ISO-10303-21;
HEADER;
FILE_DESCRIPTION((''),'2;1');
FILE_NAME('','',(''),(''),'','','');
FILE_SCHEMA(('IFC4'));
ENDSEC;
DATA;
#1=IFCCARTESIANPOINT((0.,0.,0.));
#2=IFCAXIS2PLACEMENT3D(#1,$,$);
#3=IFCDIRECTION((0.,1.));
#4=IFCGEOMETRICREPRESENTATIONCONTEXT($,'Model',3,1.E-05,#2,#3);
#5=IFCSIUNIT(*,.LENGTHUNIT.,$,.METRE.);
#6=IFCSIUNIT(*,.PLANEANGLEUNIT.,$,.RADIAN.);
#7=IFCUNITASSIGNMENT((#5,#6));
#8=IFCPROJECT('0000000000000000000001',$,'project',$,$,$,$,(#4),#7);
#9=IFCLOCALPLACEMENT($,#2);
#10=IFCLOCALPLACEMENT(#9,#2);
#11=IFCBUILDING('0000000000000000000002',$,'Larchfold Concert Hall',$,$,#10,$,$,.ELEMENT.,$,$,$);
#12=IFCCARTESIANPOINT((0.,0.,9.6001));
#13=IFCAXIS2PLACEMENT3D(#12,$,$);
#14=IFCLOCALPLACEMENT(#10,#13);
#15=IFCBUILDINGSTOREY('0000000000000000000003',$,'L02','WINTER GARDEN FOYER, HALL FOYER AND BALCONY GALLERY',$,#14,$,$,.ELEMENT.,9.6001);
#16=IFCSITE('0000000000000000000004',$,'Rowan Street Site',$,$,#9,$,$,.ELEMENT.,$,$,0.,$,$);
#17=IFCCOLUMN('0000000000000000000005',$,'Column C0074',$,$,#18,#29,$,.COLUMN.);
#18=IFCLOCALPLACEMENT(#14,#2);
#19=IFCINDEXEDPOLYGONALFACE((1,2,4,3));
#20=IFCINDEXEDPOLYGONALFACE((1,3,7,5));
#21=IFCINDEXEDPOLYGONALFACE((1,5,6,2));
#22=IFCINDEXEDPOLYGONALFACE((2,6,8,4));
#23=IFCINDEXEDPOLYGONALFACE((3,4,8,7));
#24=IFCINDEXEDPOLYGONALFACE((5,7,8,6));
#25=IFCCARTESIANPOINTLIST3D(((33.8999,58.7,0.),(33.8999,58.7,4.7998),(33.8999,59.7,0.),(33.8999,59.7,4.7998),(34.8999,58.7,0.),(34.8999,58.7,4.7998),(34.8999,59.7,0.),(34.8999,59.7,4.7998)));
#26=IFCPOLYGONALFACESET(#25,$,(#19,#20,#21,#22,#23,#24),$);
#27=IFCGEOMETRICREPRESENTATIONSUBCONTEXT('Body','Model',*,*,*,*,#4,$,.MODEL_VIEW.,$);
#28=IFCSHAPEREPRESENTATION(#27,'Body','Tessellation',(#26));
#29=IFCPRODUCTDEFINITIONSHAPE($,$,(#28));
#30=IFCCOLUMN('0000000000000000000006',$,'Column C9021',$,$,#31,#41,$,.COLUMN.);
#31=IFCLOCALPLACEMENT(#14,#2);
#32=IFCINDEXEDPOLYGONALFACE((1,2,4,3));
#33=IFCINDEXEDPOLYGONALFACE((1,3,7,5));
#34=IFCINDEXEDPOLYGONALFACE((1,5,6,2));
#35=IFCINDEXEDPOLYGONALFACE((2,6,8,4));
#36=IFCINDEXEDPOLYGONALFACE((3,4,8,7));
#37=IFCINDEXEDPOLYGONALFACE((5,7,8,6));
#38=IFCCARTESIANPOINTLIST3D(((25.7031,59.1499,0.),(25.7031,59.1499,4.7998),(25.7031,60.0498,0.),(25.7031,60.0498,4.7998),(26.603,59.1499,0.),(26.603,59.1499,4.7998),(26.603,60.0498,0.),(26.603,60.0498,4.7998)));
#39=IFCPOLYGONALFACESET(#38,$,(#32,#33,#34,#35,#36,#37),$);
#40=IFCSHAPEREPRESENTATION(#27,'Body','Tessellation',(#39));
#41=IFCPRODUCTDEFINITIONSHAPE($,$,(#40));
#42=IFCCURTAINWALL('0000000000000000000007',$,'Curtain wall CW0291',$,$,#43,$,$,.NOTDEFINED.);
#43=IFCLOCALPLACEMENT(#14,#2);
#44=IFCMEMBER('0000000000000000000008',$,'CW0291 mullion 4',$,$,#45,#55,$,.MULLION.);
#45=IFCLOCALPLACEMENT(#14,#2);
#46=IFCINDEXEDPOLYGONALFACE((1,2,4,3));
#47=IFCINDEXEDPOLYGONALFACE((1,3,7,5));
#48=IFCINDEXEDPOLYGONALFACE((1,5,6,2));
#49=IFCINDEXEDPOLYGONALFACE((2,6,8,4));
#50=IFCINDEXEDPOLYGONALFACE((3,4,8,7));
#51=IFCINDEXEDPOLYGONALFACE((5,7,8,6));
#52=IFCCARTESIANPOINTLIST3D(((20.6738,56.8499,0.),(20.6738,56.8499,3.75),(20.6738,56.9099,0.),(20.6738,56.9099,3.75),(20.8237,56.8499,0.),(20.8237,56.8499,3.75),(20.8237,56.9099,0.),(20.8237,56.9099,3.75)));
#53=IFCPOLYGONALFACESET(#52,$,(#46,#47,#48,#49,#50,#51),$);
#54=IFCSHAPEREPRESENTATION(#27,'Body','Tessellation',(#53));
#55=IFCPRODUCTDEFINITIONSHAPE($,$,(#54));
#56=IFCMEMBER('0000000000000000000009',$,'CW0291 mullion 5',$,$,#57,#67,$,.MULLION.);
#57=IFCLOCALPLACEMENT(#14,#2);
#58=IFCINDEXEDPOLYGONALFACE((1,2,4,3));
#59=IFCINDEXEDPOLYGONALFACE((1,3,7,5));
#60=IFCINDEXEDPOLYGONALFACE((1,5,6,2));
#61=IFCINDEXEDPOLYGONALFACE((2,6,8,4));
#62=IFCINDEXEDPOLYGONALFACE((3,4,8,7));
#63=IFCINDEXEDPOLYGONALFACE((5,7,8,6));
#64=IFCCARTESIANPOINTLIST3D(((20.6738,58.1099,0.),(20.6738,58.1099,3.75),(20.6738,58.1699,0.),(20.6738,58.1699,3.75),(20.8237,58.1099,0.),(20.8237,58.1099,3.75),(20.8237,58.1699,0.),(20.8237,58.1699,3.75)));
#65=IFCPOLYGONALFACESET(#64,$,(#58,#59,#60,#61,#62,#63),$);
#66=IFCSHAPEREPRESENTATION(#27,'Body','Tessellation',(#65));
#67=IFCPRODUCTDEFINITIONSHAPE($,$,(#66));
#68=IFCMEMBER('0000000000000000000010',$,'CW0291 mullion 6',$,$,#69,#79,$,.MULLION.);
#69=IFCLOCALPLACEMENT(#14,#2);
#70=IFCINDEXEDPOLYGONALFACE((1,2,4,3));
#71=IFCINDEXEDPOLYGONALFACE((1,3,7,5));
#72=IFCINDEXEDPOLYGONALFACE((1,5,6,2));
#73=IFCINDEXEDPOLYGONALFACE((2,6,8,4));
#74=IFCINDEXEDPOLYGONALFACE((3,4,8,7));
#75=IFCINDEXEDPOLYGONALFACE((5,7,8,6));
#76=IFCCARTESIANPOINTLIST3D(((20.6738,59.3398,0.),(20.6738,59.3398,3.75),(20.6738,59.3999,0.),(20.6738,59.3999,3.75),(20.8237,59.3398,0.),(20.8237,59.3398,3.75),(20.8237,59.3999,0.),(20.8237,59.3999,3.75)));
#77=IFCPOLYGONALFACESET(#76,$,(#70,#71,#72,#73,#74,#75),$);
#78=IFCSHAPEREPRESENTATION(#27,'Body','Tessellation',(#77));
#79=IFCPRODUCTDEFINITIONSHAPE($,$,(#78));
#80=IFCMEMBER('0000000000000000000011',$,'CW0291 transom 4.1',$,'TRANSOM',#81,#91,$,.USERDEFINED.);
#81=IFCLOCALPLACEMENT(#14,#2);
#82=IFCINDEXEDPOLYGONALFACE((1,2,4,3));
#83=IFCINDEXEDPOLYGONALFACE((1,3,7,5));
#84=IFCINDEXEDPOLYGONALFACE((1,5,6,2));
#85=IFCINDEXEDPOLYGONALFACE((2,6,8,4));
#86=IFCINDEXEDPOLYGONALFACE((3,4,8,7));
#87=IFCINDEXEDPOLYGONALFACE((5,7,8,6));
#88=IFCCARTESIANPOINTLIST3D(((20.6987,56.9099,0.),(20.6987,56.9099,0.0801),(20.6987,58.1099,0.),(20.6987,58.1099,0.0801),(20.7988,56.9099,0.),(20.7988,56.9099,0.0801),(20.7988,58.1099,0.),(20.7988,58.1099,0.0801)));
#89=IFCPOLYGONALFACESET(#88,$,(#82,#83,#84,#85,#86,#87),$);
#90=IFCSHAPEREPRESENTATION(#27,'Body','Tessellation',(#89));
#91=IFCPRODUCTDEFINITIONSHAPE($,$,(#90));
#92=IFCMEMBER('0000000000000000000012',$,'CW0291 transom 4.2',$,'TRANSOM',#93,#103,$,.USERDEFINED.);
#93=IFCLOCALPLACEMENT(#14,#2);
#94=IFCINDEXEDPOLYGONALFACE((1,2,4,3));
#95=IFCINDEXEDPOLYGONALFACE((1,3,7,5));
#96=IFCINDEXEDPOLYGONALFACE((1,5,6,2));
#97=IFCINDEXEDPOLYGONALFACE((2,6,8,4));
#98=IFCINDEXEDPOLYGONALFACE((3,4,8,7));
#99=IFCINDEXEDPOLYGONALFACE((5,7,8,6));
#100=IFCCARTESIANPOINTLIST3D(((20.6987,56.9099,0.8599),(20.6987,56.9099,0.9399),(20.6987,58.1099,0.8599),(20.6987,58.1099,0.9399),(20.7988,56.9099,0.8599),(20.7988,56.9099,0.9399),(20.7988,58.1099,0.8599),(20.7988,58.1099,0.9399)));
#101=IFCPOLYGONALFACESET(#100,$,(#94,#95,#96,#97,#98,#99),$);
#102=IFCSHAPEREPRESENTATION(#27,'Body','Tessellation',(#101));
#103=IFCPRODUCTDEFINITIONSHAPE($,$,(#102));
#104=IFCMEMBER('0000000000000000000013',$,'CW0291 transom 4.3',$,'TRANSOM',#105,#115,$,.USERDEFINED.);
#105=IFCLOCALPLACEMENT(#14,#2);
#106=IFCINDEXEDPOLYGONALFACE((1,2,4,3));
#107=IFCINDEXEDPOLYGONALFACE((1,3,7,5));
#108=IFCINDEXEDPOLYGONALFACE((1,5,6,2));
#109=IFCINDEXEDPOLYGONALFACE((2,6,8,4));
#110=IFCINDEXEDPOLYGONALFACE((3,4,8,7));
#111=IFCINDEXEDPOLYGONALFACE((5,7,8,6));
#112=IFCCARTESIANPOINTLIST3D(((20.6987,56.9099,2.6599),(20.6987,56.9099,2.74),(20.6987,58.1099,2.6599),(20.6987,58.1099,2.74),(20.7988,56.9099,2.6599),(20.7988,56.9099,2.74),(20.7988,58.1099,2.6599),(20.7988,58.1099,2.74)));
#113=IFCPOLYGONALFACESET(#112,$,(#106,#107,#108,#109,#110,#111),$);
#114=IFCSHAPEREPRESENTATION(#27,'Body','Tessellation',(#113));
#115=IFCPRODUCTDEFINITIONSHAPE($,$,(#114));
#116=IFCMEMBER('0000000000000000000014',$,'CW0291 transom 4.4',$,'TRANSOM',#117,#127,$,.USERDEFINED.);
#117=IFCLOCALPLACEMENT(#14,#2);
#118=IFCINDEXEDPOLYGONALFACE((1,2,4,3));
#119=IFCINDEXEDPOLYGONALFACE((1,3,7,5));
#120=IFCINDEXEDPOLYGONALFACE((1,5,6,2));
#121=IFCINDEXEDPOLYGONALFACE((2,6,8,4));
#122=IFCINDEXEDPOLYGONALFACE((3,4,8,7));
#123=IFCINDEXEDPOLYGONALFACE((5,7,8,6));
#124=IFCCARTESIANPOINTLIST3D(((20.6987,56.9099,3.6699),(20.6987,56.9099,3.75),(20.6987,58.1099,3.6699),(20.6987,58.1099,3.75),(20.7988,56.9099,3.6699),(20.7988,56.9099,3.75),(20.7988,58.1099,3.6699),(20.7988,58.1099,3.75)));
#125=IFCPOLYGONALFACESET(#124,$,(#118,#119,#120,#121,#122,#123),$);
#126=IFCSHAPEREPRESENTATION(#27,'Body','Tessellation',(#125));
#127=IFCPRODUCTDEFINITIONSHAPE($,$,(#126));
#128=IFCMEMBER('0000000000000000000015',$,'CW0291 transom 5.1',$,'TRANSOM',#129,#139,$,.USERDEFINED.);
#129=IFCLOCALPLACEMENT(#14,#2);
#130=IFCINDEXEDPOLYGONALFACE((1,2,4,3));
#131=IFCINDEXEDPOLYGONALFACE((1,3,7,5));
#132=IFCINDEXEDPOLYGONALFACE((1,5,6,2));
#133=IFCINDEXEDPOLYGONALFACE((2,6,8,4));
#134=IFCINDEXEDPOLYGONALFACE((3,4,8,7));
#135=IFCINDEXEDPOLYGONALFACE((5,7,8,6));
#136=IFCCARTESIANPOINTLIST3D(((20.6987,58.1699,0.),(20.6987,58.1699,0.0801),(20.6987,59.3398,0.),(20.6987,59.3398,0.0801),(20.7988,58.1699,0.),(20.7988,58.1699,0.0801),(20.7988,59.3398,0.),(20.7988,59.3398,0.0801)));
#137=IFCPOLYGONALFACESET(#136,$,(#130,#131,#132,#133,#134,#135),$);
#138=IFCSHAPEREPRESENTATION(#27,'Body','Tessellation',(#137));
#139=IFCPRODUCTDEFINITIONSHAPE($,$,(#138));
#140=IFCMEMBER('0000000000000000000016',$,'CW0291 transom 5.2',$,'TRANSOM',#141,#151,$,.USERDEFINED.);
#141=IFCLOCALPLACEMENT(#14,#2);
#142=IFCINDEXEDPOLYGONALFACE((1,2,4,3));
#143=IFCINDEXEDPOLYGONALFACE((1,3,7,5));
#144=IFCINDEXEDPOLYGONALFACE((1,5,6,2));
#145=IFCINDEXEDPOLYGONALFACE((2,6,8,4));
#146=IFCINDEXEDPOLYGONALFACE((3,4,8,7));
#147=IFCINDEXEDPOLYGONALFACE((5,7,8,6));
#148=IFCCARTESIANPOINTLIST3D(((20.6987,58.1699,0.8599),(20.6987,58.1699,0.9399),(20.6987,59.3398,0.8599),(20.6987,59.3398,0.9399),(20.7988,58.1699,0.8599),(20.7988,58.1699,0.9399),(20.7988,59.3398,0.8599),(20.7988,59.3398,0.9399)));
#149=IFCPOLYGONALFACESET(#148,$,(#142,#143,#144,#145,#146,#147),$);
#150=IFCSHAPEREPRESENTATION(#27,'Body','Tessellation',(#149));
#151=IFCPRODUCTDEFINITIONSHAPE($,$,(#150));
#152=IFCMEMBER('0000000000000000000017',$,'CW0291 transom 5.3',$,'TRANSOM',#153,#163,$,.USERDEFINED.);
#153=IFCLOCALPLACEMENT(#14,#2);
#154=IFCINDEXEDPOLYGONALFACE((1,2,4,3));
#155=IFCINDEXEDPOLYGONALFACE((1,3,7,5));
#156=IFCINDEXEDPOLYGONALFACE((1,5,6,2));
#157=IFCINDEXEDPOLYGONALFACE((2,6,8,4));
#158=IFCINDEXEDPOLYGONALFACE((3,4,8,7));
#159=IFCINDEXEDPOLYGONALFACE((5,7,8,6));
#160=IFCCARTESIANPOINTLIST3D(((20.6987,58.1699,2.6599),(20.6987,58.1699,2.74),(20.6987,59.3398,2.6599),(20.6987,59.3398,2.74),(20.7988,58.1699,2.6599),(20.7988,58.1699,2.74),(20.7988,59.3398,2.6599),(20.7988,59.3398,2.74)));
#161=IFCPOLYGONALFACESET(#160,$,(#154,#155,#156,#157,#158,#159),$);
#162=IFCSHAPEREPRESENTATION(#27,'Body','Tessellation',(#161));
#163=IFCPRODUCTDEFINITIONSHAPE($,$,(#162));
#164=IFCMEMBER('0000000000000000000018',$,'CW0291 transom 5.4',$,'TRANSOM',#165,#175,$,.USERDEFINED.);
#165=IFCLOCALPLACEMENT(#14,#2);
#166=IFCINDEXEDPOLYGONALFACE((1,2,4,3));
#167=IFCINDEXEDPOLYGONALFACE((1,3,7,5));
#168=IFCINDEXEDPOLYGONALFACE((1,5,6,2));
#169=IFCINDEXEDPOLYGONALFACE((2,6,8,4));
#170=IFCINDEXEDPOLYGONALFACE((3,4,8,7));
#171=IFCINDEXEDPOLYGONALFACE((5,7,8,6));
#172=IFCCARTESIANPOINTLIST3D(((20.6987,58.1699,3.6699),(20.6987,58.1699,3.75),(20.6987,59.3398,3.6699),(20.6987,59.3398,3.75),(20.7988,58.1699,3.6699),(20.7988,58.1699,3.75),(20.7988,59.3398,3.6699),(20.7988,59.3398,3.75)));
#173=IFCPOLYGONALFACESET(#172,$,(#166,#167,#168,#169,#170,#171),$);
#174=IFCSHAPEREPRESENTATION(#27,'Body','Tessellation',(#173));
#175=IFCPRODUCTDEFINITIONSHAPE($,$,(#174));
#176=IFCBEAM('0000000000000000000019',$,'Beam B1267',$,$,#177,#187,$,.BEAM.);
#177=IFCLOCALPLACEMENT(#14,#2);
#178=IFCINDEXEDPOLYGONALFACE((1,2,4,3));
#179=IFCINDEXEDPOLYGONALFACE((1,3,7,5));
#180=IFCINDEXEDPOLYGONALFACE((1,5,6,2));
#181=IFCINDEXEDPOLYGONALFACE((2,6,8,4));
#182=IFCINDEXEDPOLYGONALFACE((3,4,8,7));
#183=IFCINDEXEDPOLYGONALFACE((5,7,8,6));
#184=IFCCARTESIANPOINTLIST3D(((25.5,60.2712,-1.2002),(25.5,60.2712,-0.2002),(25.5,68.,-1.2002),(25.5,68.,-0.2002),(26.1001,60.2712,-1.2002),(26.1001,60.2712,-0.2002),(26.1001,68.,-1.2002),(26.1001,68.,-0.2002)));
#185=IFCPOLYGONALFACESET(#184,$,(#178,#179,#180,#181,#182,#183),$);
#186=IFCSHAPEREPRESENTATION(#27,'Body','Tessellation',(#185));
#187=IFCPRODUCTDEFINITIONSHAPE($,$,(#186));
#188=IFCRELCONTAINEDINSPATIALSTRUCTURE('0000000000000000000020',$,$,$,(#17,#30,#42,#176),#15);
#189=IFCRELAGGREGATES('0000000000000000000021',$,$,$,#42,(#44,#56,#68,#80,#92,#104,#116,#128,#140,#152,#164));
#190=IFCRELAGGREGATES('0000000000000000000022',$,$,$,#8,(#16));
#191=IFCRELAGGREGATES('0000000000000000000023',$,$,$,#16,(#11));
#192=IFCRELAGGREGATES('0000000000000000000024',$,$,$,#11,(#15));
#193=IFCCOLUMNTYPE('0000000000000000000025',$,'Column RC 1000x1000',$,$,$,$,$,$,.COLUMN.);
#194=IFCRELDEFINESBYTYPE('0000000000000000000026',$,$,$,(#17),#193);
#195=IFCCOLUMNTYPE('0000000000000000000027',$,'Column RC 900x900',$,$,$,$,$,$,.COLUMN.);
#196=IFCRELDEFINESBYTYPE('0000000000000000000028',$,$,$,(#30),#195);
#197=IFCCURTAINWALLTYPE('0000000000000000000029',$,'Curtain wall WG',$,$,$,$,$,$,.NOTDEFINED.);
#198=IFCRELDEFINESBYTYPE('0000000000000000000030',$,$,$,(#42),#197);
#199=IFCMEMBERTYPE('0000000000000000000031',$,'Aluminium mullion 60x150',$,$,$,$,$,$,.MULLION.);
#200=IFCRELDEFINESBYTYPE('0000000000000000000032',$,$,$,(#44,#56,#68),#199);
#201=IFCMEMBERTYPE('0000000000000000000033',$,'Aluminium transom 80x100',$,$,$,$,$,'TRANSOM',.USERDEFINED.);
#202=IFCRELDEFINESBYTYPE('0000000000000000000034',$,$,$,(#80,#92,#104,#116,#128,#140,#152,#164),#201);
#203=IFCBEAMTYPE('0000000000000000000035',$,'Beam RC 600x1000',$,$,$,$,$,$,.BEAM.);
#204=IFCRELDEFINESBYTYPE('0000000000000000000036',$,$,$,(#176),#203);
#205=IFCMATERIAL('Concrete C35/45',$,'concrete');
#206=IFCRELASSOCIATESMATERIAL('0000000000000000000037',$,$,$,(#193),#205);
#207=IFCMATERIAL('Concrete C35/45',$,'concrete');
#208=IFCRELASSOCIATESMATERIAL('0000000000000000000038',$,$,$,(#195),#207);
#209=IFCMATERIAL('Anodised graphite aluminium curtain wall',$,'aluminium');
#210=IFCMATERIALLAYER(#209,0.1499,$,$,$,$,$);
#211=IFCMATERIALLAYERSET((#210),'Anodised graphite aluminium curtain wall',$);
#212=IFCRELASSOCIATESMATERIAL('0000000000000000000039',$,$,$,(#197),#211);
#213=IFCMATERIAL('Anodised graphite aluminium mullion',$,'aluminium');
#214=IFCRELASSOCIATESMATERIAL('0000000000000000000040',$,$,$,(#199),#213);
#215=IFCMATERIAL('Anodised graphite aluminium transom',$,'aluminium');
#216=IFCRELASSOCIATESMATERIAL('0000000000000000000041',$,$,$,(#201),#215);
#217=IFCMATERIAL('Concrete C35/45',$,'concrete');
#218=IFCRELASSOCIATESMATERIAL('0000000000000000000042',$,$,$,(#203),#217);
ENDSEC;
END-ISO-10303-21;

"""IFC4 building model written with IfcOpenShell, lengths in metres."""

from ifc_helpers import new_model, si_unit, direction, frame, origin, origin_2d, place, context, subcontext, project, spatial, rectangle, extrude, material, layer, layer_set, material_profile, profile_set, type_object, element, aggregate, save


model = new_model("IFC4")

# Units and contexts
model_context = context("Model", 3, precision=1e-05, world=origin(), true_north=direction((0.0, 1.0)))
body_context = subcontext(model_context, "Body", "Model", "MODEL_VIEW")
ifc_project = project(units=[si_unit("LENGTHUNIT", "METRE"), si_unit("PLANEANGLEUNIT", "RADIAN")], contexts=[model_context])

# Site, building, storey
site_placement = place(None, origin())
site = spatial("IfcSite", under=ifc_project, at=site_placement, Name="Rowan Street Site", CompositionType="ELEMENT", RefElevation=0.0)
building_placement = place(site_placement, origin())
building = spatial("IfcBuilding", under=site, at=building_placement, Name="Larchfold Concert Hall", CompositionType="ELEMENT")
storey_placement = place(building_placement, frame((0.0, 0.0, 9.6001)))
storey = spatial("IfcBuildingStorey", under=building, at=storey_placement, Name="L02", Description="WINTER GARDEN FOYER, HALL FOYER AND BALCONY GALLERY", CompositionType="ELEMENT", Elevation=9.6001)

# Columns
ifc_material_1 = material(Name="Concrete C35/45", Category="concrete")
ifc_material_profile_1 = material_profile(ifc_material_1, rectangle(XDim=1.0, YDim=1.0, at=origin_2d()))
ifc_profile_set_1 = profile_set([ifc_material_profile_1], Name="Concrete C35/45")
column_type_1 = type_object("IfcColumnType", Name="Column RC 1000x1000", PredefinedType="COLUMN", material=ifc_profile_set_1)
column_1_placement = place(storey_placement, frame((34.3999, 59.2, 0.0), z_axis=(0.0, 0.0, 1.0), x_axis=(1.0, 0.0, 0.0)))
element("IfcColumn", 1, at=column_1_placement, inside=storey, type_object=column_type_1, Name="Column C0074", PredefinedType="COLUMN", context=body_context, shape_type="SweptSolid", body=[
    extrude(rectangle(XDim=1.0, YDim=1.0, at=origin_2d()), origin(), (0.0, 0.0, 1.0), 4.7998),
])
ifc_material_2 = material(Name="Concrete C35/45", Category="concrete")
ifc_material_profile_2 = material_profile(ifc_material_2, rectangle(XDim=0.8999, YDim=0.8999, at=origin_2d()))
ifc_profile_set_2 = profile_set([ifc_material_profile_2], Name="Concrete C35/45")
column_type_2 = type_object("IfcColumnType", Name="Column RC 900x900", PredefinedType="COLUMN", material=ifc_profile_set_2)
column_2_placement = place(storey_placement, frame((26.1531, 59.5999, 0.0), z_axis=(0.0, 0.0, 1.0), x_axis=(1.0, 0.0, 0.0)))
element("IfcColumn", 2, at=column_2_placement, inside=storey, type_object=column_type_2, Name="Column C9021", PredefinedType="COLUMN", context=body_context, shape_type="SweptSolid", body=[
    extrude(rectangle(XDim=0.8999, YDim=0.8999, at=origin_2d()), origin(), (0.0, 0.0, 1.0), 4.7998),
])

# Curtain wall, members
ifc_material_3 = material(Name="Anodised graphite aluminium curtain wall", Category="aluminium")
ifc_layer_1 = layer(ifc_material_3, 0.1499)
ifc_layer_set_1 = layer_set([ifc_layer_1], Name="Anodised graphite aluminium curtain wall")
curtain_wall_type = type_object("IfcCurtainWallType", Name="Curtain wall WG", PredefinedType="NOTDEFINED", material=ifc_layer_set_1)
curtain_wall_placement = place(storey_placement, origin())
curtain_wall = element("IfcCurtainWall", 3, at=curtain_wall_placement, inside=storey, type_object=curtain_wall_type, Name="Curtain wall CW0291", PredefinedType="NOTDEFINED")
ifc_material_4 = material(Name="Anodised graphite aluminium mullion", Category="aluminium")
ifc_material_profile_3 = material_profile(ifc_material_4, rectangle(XDim=0.1499, YDim=0.0601, at=origin_2d()))
ifc_profile_set_3 = profile_set([ifc_material_profile_3], Name="Anodised graphite aluminium mullion")
member_type_1 = type_object("IfcMemberType", Name="Aluminium mullion 60x150", PredefinedType="MULLION", material=ifc_profile_set_3)
member_1_placement = place(storey_placement, frame((20.7488, 56.8799, 0.0), z_axis=(0.0, 0.0, 1.0), x_axis=(-1.0, 0.0, 0.0)))
member_1 = element("IfcMember", 4, at=member_1_placement, type_object=member_type_1, Name="CW0291 mullion 4", PredefinedType="MULLION", context=body_context, shape_type="SweptSolid", body=[
    extrude(rectangle(XDim=0.1499, YDim=0.0601, at=origin_2d()), origin(), (0.0, 0.0, 1.0), 3.75),
])
member_2_placement = place(storey_placement, frame((20.7488, 58.1399, 0.0), z_axis=(0.0, 0.0, 1.0), x_axis=(-1.0, 0.0, 0.0)))
member_2 = element("IfcMember", 5, at=member_2_placement, type_object=member_type_1, Name="CW0291 mullion 5", PredefinedType="MULLION", context=body_context, shape_type="SweptSolid", body=[
    extrude(rectangle(XDim=0.1499, YDim=0.0601, at=origin_2d()), origin(), (0.0, 0.0, 1.0), 3.75),
])
member_3_placement = place(storey_placement, frame((20.7488, 59.3699, 0.0), z_axis=(0.0, 0.0, 1.0), x_axis=(-1.0, 0.0, 0.0)))
member_3 = element("IfcMember", 6, at=member_3_placement, type_object=member_type_1, Name="CW0291 mullion 6", PredefinedType="MULLION", context=body_context, shape_type="SweptSolid", body=[
    extrude(rectangle(XDim=0.1499, YDim=0.0601, at=origin_2d()), origin(), (0.0, 0.0, 1.0), 3.75),
])
ifc_material_5 = material(Name="Anodised graphite aluminium transom", Category="aluminium")
ifc_material_profile_4 = material_profile(ifc_material_5, rectangle(XDim=0.1001, YDim=0.0801, at=origin_2d()))
ifc_profile_set_4 = profile_set([ifc_material_profile_4], Name="Anodised graphite aluminium transom")
member_type_2 = type_object("IfcMemberType", Name="Aluminium transom 80x100", ElementType="TRANSOM", PredefinedType="USERDEFINED", material=ifc_profile_set_4)
member_4_placement = place(storey_placement, frame((20.7488, 56.9099, 0.04), z_axis=(0.0, 1.0, 0.0), x_axis=(-1.0, 0.0, 0.0)))
member_4 = element("IfcMember", 7, at=member_4_placement, type_object=member_type_2, Name="CW0291 transom 4.1", ObjectType="TRANSOM", PredefinedType="USERDEFINED", context=body_context, shape_type="SweptSolid", body=[
    extrude(rectangle(XDim=0.1001, YDim=0.0801, at=origin_2d()), origin(), (0.0, 0.0, 1.0), 1.2),
])
member_5_placement = place(storey_placement, frame((20.7488, 56.9099, 0.8999), z_axis=(0.0, 1.0, 0.0), x_axis=(-1.0, 0.0, 0.0)))
member_5 = element("IfcMember", 8, at=member_5_placement, type_object=member_type_2, Name="CW0291 transom 4.2", ObjectType="TRANSOM", PredefinedType="USERDEFINED", context=body_context, shape_type="SweptSolid", body=[
    extrude(rectangle(XDim=0.1001, YDim=0.0801, at=origin_2d()), origin(), (0.0, 0.0, 1.0), 1.2),
])
member_6_placement = place(storey_placement, frame((20.7488, 56.9099, 2.7), z_axis=(0.0, 1.0, 0.0), x_axis=(-1.0, 0.0, 0.0)))
member_6 = element("IfcMember", 9, at=member_6_placement, type_object=member_type_2, Name="CW0291 transom 4.3", ObjectType="TRANSOM", PredefinedType="USERDEFINED", context=body_context, shape_type="SweptSolid", body=[
    extrude(rectangle(XDim=0.1001, YDim=0.0801, at=origin_2d()), origin(), (0.0, 0.0, 1.0), 1.2),
])
member_7_placement = place(storey_placement, frame((20.7488, 56.9099, 3.71), z_axis=(0.0, 1.0, 0.0), x_axis=(-1.0, 0.0, 0.0)))
member_7 = element("IfcMember", 10, at=member_7_placement, type_object=member_type_2, Name="CW0291 transom 4.4", ObjectType="TRANSOM", PredefinedType="USERDEFINED", context=body_context, shape_type="SweptSolid", body=[
    extrude(rectangle(XDim=0.1001, YDim=0.0801, at=origin_2d()), origin(), (0.0, 0.0, 1.0), 1.2),
])
member_8_placement = place(storey_placement, frame((20.7488, 58.1699, 0.04), z_axis=(0.0, 1.0, 0.0), x_axis=(-1.0, 0.0, 0.0)))
member_8 = element("IfcMember", 11, at=member_8_placement, type_object=member_type_2, Name="CW0291 transom 5.1", ObjectType="TRANSOM", PredefinedType="USERDEFINED", context=body_context, shape_type="SweptSolid", body=[
    extrude(rectangle(XDim=0.1001, YDim=0.0801, at=origin_2d()), origin(), (0.0, 0.0, 1.0), 1.1699),
])
member_9_placement = place(storey_placement, frame((20.7488, 58.1699, 0.8999), z_axis=(0.0, 1.0, 0.0), x_axis=(-1.0, 0.0, 0.0)))
member_9 = element("IfcMember", 12, at=member_9_placement, type_object=member_type_2, Name="CW0291 transom 5.2", ObjectType="TRANSOM", PredefinedType="USERDEFINED", context=body_context, shape_type="SweptSolid", body=[
    extrude(rectangle(XDim=0.1001, YDim=0.0801, at=origin_2d()), origin(), (0.0, 0.0, 1.0), 1.1699),
])
member_10_placement = place(storey_placement, frame((20.7488, 58.1699, 2.7), z_axis=(0.0, 1.0, 0.0), x_axis=(-1.0, 0.0, 0.0)))
member_10 = element("IfcMember", 13, at=member_10_placement, type_object=member_type_2, Name="CW0291 transom 5.3", ObjectType="TRANSOM", PredefinedType="USERDEFINED", context=body_context, shape_type="SweptSolid", body=[
    extrude(rectangle(XDim=0.1001, YDim=0.0801, at=origin_2d()), origin(), (0.0, 0.0, 1.0), 1.1699),
])
member_11_placement = place(storey_placement, frame((20.7488, 58.1699, 3.71), z_axis=(0.0, 1.0, 0.0), x_axis=(-1.0, 0.0, 0.0)))
member_11 = element("IfcMember", 14, at=member_11_placement, type_object=member_type_2, Name="CW0291 transom 5.4", ObjectType="TRANSOM", PredefinedType="USERDEFINED", context=body_context, shape_type="SweptSolid", body=[
    extrude(rectangle(XDim=0.1001, YDim=0.0801, at=origin_2d()), origin(), (0.0, 0.0, 1.0), 1.1699),
])

# Beam
ifc_material_6 = material(Name="Concrete C35/45", Category="concrete")
ifc_material_profile_5 = material_profile(ifc_material_6, rectangle(XDim=0.6001, YDim=1.0, at=origin_2d()))
ifc_profile_set_5 = profile_set([ifc_material_profile_5], Name="Concrete C35/45")
beam_type_1 = type_object("IfcBeamType", Name="Beam RC 600x1000", PredefinedType="BEAM", material=ifc_profile_set_5)
beam_1_placement = place(storey_placement, frame((25.8, 60.2712, -0.7002), z_axis=(0.0, 1.0, 0.0), x_axis=(-1.0, 0.0, 0.0)))
element("IfcBeam", 15, at=beam_1_placement, inside=storey, type_object=beam_type_1, Name="Beam B1267", PredefinedType="BEAM", context=body_context, shape_type="SweptSolid", body=[
    extrude(rectangle(XDim=0.6001, YDim=1.0, at=origin_2d()), origin(), (0.0, 0.0, 1.0), 7.7288),
])

aggregate(curtain_wall, [member_1, member_2, member_3, member_4, member_5, member_6, member_7, member_8, member_9, member_10, member_11])

save(model, "model.ifc")
